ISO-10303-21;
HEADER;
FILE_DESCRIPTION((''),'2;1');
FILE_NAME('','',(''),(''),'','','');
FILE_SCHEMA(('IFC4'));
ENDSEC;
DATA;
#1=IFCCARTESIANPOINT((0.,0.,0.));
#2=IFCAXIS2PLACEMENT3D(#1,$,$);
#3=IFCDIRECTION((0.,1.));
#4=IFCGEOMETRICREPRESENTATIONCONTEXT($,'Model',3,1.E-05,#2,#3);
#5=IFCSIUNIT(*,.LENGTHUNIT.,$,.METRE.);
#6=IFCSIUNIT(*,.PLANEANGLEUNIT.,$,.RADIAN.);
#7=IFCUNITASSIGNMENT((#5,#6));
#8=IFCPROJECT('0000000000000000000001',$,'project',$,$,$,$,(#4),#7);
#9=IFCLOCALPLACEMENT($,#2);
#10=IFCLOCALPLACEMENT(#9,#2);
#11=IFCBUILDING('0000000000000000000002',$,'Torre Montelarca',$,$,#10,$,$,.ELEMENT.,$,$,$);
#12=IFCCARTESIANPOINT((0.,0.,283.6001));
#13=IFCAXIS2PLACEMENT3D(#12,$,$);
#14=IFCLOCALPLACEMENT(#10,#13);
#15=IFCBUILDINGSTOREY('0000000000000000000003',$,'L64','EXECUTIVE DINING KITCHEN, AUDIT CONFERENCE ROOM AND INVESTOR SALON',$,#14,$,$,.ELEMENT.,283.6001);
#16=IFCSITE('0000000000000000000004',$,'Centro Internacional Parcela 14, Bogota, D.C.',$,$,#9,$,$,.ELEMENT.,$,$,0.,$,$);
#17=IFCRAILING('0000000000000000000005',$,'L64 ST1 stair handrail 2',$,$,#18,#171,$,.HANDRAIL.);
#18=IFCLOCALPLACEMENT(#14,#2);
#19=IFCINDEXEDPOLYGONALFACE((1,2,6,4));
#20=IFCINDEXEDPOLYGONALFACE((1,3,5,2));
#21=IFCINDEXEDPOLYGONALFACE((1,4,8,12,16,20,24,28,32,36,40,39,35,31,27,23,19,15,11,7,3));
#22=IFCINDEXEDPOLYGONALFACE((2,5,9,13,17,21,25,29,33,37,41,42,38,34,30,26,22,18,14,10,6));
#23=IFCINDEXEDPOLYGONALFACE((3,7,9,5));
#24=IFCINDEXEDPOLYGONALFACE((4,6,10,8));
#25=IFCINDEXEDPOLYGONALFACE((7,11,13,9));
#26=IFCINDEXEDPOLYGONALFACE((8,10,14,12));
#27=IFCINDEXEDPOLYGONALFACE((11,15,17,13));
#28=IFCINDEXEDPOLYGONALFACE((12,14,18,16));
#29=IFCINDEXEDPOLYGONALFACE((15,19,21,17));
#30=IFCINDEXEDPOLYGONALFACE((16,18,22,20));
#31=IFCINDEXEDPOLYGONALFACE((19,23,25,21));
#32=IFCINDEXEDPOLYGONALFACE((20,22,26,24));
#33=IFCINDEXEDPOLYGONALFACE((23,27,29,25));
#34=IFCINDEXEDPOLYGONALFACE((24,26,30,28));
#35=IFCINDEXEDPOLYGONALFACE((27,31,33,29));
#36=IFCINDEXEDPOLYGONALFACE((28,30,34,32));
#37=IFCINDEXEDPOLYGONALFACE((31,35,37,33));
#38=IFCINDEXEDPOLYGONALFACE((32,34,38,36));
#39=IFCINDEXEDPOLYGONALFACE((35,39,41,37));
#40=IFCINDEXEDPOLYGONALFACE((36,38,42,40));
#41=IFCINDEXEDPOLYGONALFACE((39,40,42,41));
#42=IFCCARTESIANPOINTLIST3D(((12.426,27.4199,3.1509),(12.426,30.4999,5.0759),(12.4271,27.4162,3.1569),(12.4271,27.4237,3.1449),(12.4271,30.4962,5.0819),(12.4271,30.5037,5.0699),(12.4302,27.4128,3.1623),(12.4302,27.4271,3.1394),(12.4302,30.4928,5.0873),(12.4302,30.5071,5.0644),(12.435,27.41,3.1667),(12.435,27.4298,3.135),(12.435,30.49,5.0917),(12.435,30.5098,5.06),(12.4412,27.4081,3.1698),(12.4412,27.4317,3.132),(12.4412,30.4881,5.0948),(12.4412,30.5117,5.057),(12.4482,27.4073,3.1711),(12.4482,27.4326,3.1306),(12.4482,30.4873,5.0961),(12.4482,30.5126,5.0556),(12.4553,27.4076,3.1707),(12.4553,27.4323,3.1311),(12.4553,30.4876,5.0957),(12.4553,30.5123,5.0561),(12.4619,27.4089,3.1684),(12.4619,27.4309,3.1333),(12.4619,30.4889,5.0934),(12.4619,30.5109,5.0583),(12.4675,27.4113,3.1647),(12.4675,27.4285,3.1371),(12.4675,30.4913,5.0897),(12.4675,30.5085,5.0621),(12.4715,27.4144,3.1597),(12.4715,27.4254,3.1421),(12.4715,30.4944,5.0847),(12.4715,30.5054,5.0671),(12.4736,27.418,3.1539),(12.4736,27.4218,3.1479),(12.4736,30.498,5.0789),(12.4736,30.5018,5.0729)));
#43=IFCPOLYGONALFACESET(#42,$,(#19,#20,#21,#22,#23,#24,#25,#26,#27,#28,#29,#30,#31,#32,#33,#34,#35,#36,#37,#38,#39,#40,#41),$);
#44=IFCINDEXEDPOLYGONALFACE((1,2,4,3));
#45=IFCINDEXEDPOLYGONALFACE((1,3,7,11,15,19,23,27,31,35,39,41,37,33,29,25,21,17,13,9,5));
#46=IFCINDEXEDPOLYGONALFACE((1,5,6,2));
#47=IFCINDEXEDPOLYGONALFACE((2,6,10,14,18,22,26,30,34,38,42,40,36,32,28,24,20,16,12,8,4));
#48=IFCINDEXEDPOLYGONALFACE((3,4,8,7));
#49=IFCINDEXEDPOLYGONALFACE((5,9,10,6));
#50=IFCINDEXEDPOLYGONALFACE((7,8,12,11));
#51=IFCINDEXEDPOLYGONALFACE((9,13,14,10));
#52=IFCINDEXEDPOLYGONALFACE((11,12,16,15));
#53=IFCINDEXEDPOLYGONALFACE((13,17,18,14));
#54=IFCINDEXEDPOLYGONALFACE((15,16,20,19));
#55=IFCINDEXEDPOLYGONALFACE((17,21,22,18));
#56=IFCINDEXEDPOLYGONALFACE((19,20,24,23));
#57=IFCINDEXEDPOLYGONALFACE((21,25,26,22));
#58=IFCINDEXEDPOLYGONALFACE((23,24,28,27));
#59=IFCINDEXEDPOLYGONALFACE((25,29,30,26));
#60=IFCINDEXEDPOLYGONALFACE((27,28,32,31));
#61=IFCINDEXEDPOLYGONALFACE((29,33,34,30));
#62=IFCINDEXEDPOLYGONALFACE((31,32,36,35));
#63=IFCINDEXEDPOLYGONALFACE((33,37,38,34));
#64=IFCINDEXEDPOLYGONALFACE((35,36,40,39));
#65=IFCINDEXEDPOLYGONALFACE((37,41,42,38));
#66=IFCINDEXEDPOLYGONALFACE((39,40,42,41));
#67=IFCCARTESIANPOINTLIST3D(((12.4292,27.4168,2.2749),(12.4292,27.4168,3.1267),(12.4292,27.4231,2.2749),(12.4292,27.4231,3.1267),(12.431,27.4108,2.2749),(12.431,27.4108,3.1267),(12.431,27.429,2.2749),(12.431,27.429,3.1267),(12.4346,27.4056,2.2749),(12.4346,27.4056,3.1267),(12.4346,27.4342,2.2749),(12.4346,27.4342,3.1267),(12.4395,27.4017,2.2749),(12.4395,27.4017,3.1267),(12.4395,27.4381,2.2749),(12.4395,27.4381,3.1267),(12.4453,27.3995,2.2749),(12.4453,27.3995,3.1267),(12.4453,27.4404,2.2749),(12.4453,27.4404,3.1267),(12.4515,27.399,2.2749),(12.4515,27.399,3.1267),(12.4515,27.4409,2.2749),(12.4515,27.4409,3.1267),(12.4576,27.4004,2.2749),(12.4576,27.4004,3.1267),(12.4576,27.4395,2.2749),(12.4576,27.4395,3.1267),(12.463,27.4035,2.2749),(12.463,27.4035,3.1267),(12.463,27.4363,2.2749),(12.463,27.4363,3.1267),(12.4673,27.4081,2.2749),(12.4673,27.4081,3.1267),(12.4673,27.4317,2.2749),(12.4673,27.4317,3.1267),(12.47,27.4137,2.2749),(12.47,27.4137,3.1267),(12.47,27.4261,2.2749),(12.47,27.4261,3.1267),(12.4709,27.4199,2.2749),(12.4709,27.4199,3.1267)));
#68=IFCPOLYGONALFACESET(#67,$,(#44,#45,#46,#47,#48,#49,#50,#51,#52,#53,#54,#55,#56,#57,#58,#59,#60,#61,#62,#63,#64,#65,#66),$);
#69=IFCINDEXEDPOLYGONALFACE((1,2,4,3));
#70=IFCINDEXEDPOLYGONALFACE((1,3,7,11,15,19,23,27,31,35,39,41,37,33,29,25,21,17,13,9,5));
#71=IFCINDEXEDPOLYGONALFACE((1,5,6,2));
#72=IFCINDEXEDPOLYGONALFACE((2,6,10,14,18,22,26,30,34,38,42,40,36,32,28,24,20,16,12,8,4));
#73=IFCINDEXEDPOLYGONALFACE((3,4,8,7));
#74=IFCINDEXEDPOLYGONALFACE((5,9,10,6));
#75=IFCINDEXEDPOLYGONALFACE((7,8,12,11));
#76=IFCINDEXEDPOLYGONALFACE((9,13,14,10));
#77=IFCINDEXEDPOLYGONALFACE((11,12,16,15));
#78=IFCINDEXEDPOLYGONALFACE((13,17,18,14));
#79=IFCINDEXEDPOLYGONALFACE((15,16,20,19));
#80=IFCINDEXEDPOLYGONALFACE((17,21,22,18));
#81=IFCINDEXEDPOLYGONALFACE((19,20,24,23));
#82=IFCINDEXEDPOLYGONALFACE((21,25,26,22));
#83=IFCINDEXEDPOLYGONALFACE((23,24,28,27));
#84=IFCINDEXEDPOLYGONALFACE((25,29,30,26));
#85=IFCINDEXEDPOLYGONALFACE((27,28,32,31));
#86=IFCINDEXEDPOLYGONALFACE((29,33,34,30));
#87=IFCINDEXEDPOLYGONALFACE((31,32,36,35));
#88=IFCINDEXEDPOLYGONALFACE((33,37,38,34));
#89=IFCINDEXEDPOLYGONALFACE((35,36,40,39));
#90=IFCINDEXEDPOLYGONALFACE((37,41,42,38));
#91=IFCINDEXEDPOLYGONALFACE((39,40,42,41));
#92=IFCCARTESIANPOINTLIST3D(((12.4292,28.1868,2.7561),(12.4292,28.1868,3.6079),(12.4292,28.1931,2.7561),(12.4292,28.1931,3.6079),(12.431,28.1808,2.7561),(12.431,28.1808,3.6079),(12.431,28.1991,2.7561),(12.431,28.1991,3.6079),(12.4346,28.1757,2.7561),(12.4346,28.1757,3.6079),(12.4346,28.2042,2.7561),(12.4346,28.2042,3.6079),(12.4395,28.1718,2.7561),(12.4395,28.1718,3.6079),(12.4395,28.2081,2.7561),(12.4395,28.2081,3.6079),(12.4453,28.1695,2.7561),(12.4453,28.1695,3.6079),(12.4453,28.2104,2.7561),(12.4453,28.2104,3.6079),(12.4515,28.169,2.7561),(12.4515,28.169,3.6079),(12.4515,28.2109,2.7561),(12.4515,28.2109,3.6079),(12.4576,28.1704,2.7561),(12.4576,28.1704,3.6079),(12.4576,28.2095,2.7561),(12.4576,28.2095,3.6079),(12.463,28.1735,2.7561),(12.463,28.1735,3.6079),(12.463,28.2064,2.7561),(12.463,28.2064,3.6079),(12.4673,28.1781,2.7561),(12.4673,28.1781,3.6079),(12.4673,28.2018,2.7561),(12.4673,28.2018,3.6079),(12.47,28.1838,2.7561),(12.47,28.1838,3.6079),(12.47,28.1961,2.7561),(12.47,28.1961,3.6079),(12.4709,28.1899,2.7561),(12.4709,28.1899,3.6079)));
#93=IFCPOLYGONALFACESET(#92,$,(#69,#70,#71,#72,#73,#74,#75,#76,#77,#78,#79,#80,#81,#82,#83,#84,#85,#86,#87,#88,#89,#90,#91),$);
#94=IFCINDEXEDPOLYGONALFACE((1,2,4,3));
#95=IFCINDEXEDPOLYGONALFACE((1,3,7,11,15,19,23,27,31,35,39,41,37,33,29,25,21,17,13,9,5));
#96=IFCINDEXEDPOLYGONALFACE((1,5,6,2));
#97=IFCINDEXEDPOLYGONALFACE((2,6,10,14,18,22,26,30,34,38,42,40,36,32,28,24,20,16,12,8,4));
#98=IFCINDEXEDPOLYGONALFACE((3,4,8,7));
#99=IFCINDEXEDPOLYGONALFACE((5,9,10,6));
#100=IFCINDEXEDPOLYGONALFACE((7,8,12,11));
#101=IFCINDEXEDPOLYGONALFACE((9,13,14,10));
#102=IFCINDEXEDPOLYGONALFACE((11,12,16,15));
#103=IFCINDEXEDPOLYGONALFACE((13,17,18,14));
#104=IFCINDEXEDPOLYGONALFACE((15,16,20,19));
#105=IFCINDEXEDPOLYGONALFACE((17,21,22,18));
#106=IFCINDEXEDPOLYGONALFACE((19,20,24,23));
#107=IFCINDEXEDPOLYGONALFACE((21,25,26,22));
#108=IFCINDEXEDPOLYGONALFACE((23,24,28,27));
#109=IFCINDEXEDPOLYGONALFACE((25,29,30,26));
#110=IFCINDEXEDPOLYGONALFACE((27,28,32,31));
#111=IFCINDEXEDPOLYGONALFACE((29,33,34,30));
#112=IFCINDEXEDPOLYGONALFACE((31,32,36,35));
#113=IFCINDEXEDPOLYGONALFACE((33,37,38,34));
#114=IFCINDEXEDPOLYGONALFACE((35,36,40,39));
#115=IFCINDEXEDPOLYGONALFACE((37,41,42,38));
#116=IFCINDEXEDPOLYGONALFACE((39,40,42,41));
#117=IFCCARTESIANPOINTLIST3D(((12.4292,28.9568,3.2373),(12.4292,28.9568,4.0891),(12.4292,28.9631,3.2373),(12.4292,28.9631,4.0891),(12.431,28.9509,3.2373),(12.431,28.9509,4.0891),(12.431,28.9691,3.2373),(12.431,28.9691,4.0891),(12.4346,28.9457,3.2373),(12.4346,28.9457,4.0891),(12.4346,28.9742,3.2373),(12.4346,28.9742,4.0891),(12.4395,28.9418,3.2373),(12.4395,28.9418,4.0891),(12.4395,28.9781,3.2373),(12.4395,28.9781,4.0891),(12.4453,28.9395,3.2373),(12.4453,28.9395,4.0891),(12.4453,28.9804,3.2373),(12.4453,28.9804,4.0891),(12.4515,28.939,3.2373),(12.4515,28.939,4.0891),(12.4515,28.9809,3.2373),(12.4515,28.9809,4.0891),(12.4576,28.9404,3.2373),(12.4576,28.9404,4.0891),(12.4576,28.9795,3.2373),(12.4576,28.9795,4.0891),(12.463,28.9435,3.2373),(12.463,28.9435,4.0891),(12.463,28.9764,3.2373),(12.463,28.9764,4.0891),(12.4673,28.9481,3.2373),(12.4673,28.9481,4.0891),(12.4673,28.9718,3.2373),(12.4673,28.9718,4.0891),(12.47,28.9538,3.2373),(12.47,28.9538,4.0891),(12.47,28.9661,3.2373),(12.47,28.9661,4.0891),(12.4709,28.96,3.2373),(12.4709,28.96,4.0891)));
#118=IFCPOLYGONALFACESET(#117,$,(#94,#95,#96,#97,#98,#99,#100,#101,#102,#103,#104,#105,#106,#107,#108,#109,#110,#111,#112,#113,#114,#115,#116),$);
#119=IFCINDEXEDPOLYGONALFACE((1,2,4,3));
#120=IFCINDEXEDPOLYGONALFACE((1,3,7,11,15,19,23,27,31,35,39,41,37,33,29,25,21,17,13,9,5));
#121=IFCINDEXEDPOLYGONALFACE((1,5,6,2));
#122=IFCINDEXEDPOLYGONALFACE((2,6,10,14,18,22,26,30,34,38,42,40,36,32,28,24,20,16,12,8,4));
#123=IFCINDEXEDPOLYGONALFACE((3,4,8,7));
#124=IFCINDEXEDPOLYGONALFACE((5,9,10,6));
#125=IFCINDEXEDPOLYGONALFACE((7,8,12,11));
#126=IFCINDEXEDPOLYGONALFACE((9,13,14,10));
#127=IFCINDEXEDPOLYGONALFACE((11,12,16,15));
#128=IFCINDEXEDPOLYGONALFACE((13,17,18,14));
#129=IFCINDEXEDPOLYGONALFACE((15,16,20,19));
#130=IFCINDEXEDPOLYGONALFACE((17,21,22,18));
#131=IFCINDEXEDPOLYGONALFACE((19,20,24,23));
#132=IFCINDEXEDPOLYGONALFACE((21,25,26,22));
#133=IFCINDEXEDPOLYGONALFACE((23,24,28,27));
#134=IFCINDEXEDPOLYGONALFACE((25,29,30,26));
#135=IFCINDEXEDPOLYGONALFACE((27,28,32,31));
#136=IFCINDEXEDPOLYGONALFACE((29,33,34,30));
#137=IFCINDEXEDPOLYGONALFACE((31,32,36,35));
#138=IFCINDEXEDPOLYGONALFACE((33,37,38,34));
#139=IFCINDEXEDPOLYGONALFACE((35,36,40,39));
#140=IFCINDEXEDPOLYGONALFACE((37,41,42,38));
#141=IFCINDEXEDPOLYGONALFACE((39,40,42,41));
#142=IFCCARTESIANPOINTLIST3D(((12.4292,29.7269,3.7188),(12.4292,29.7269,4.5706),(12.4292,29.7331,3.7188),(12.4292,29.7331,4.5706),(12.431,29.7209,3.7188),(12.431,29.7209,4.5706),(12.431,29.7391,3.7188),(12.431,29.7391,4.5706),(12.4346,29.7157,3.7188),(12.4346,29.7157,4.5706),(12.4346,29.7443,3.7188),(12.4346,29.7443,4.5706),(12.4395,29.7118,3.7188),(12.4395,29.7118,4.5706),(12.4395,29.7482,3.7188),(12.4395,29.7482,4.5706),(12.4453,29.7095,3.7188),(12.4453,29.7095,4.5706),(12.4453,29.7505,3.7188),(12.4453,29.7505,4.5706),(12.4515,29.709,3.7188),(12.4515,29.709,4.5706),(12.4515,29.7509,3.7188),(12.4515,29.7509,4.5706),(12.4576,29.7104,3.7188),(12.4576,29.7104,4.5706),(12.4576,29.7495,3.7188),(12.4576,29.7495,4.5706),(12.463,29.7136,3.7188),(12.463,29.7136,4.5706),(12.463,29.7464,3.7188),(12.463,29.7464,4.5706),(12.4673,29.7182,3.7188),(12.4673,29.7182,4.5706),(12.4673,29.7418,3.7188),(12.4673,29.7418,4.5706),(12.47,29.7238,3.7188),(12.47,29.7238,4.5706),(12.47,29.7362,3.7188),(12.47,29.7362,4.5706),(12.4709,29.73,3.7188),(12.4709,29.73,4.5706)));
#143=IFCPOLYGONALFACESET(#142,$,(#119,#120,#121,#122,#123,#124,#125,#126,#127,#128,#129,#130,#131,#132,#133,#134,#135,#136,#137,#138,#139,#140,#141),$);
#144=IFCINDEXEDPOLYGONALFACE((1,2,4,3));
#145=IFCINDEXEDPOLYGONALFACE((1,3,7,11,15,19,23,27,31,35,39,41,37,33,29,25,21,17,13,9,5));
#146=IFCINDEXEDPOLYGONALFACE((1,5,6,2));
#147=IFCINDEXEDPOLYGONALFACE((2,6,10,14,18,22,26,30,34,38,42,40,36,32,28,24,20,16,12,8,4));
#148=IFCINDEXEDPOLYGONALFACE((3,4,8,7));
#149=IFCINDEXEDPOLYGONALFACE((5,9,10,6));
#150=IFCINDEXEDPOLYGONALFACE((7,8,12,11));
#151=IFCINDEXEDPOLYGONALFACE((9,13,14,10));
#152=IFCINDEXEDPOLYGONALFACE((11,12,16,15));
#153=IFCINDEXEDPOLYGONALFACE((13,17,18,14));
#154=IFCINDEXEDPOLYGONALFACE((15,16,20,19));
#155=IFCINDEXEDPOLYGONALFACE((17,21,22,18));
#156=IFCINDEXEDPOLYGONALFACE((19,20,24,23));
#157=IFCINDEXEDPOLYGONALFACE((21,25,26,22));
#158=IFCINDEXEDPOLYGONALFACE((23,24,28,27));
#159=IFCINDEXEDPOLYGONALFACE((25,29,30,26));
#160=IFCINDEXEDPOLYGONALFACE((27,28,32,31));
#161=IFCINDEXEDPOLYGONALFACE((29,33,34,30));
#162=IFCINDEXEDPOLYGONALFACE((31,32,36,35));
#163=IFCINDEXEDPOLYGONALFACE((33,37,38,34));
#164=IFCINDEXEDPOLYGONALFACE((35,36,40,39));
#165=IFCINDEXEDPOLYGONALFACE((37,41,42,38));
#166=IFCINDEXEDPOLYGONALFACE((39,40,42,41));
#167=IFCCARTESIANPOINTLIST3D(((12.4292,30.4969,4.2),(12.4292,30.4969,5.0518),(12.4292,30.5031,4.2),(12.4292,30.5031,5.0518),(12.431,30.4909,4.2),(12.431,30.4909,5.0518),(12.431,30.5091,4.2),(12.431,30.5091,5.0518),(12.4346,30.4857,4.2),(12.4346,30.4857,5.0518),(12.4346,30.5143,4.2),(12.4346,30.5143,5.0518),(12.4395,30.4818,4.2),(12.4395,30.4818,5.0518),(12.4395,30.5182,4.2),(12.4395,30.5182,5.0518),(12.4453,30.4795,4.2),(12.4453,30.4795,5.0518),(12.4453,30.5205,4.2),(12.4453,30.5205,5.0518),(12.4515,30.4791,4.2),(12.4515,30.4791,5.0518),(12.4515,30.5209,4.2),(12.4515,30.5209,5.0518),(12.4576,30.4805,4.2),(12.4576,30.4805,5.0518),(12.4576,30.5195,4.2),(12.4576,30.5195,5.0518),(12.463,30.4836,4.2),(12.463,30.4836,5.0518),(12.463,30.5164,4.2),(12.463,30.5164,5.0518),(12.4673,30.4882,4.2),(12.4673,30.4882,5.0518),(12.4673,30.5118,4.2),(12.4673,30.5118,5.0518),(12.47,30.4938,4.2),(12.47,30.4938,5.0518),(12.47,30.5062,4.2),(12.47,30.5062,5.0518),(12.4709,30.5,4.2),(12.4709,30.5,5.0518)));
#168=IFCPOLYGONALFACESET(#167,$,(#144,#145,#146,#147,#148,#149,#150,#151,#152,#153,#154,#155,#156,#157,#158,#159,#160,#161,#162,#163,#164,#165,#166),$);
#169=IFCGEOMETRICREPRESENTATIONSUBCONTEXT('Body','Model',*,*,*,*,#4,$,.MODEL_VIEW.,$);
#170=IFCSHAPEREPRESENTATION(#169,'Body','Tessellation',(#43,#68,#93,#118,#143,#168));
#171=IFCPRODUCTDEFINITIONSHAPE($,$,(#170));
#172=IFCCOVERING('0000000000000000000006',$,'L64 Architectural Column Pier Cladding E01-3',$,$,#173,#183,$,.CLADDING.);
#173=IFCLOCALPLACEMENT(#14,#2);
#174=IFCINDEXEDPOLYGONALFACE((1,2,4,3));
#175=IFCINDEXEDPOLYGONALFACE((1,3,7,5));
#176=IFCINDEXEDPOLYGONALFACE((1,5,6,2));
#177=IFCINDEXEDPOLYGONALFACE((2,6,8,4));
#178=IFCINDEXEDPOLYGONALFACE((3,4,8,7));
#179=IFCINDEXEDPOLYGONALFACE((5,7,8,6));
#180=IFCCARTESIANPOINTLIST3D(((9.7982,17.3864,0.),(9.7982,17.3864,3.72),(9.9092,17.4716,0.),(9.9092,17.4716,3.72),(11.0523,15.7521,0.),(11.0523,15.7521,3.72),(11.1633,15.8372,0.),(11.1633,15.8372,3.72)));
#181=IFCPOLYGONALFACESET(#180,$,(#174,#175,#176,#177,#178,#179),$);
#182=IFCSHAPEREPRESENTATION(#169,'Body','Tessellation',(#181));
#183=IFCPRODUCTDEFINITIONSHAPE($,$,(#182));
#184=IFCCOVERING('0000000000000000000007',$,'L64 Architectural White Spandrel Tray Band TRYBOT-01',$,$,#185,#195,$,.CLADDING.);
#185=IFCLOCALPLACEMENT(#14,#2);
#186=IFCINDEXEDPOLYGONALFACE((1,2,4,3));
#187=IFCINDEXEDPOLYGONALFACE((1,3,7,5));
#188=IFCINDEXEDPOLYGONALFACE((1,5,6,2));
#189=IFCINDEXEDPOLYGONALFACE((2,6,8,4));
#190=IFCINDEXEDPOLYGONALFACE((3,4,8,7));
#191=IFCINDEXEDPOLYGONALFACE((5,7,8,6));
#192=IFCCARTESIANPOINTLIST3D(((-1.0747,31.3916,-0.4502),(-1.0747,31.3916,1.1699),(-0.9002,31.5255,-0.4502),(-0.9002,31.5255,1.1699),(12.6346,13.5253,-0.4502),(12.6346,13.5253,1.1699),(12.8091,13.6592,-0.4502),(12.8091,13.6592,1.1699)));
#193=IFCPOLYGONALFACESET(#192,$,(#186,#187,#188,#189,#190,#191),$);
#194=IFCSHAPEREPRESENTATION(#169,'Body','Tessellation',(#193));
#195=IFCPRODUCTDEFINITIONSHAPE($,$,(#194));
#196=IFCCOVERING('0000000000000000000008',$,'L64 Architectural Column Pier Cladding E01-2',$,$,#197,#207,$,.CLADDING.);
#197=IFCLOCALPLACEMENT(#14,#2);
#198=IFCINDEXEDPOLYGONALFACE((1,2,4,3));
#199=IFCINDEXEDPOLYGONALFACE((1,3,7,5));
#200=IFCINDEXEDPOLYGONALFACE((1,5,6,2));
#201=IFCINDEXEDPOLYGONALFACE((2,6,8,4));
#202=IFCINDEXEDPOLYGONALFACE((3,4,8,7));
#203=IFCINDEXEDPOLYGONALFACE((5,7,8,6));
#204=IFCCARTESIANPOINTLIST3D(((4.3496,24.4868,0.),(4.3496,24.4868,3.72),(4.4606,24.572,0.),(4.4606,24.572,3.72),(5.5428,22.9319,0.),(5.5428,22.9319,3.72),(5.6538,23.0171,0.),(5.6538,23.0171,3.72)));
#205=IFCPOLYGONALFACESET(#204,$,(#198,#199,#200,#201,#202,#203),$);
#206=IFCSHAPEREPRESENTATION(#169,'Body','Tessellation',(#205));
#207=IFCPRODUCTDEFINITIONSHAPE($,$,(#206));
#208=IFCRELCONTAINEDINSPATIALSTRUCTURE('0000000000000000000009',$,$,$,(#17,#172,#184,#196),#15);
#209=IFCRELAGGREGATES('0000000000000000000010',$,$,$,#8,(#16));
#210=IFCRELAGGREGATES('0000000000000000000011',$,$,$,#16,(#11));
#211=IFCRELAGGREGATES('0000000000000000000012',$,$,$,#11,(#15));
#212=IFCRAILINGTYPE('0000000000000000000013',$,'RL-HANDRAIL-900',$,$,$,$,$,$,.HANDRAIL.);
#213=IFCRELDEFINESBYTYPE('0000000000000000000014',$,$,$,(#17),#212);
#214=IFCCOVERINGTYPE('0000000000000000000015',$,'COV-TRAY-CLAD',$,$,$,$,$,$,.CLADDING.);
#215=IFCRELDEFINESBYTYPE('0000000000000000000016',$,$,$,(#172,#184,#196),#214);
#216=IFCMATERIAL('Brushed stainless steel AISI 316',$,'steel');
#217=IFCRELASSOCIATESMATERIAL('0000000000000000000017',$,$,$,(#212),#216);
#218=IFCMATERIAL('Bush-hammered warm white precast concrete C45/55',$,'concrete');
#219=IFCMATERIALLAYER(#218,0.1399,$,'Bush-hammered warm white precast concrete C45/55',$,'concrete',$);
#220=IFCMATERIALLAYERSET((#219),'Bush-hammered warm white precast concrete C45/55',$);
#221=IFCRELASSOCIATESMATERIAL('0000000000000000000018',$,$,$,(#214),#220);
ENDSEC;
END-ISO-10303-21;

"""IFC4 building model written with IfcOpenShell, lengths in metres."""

from ifc_helpers import new_model, si_unit, direction, frame, origin, origin_2d, place, context, subcontext, project, spatial, rectangle, circle, extrude, source, transform, mapped, material, layer, layer_set, type_object, element, save


model = new_model("IFC4")

# Units and contexts
model_context = context("Model", 3, precision=1e-05, world=origin(), true_north=direction((0.0, 1.0)))
body_context = subcontext(model_context, "Body", "Model", "MODEL_VIEW")
ifc_project = project(units=[si_unit("LENGTHUNIT", "METRE"), si_unit("PLANEANGLEUNIT", "RADIAN")], contexts=[model_context])

# Site, building, storey
site_placement = place(None, origin())
site = spatial("IfcSite", under=ifc_project, at=site_placement, Name="Centro Internacional Parcela 14, Bogota, D.C.", CompositionType="ELEMENT", RefElevation=0.0)
building_placement = place(site_placement, origin())
building = spatial("IfcBuilding", under=site, at=building_placement, Name="Torre Montelarca", CompositionType="ELEMENT")
storey_placement = place(building_placement, frame((0.0, 0.0, 283.6001)))
storey = spatial("IfcBuildingStorey", under=building, at=storey_placement, Name="L64", Description="EXECUTIVE DINING KITCHEN, AUDIT CONFERENCE ROOM AND INVESTOR SALON", CompositionType="ELEMENT", Elevation=283.6001)

# Railing
ifc_material_1 = material(Name="Brushed stainless steel AISI 316", Category="steel")
railing_type_1 = type_object("IfcRailingType", Name="RL-HANDRAIL-900", PredefinedType="HANDRAIL", material=ifc_material_1)
railing_1_placement = place(storey_placement, frame((12.45, 27.4199, 2.2749)))
element("IfcRailing", 1, at=railing_1_placement, inside=storey, type_object=railing_type_1, Name="L64 ST1 stair handrail 2", PredefinedType="HANDRAIL", context=body_context, shape_type="SweptSolid", body=[
    extrude(circle(Radius=0.0239, at=origin_2d()), frame((0.0, 0.0, 0.876), z_axis=(0.0, 0.847998, 0.529999), x_axis=(-1.0, 0.0, 0.0)), (0.0, 0.0, 1.0), 3.6321),
    extrude(circle(Radius=0.021, at=origin_2d()), origin(), (0.0, 0.0, 1.0), 0.8518),
    extrude(circle(Radius=0.021, at=origin_2d()), frame((0.0, 0.77, 0.4812)), (0.0, 0.0, 1.0), 0.8518),
    extrude(circle(Radius=0.021, at=origin_2d()), frame((0.0, 1.54, 0.9624)), (0.0, 0.0, 1.0), 0.8518),
    extrude(circle(Radius=0.021, at=origin_2d()), frame((0.0, 2.3101, 1.4438)), (0.0, 0.0, 1.0), 0.8518),
    extrude(circle(Radius=0.021, at=origin_2d()), frame((0.0, 3.0801, 1.925)), (0.0, 0.0, 1.0), 0.8518),
])

# Coverings
ifc_material_2 = material(Name="Bush-hammered warm white precast concrete C45/55", Category="concrete")
ifc_layer_1 = layer(ifc_material_2, 0.1399, Name="Bush-hammered warm white precast concrete C45/55", Category="concrete")
ifc_layer_set_1 = layer_set([ifc_layer_1], Name="Bush-hammered warm white precast concrete C45/55")
covering_type = type_object("IfcCoveringType", Name="COV-TRAY-CLAD", PredefinedType="CLADDING", material=ifc_layer_set_1)
shared_shape_1 = source(origin(), body_context, "Body", "SweptSolid", [
    extrude(rectangle(XDim=2.0601, YDim=0.1399, at=origin_2d()), origin(), (0.0, 0.0, 1.0), 3.72),
])
covering_1_placement = place(storey_placement, frame((10.4807, 16.6118, 0.0), z_axis=(0.0, 0.0, 1.0), x_axis=(0.608766, -0.79335, 0.0)))
element("IfcCovering", 2, at=covering_1_placement, inside=storey, type_object=covering_type, Name="L64 Architectural Column Pier Cladding E01-3", PredefinedType="CLADDING", context=body_context, shape_type="MappedRepresentation", body=[
    mapped(shared_shape_1, transform((0.0, 0.0, 0.0), scale=1.0)),
])
shared_shape_2 = source(origin(), body_context, "Body", "SweptSolid", [
    extrude(rectangle(XDim=22.52, YDim=0.22, at=origin_2d()), origin(), (0.0, 0.0, 1.0), 1.6201),
])
covering_2_placement = place(storey_placement, frame((5.8672, 22.5254, -0.4502), z_axis=(0.0, 0.0, 1.0), x_axis=(0.608763, -0.793352, 0.0)))
element("IfcCovering", 3, at=covering_2_placement, inside=storey, type_object=covering_type, Name="L64 Architectural White Spandrel Tray Band TRYBOT-01", PredefinedType="CLADDING", context=body_context, shape_type="MappedRepresentation", body=[
    mapped(shared_shape_2, transform((0.0, 0.0, 0.0), scale=1.0)),
])
shared_shape_3 = source(origin(), body_context, "Body", "SweptSolid", [
    extrude(rectangle(XDim=1.96, YDim=0.1399, at=origin_2d()), origin(), (0.0, 0.0, 1.0), 3.72),
])
covering_3_placement = place(storey_placement, frame((5.0017, 23.752, 0.0), z_axis=(0.0, 0.0, 1.0), x_axis=(0.608766, -0.79335, 0.0)))
element("IfcCovering", 4, at=covering_3_placement, inside=storey, type_object=covering_type, Name="L64 Architectural Column Pier Cladding E01-2", PredefinedType="CLADDING", context=body_context, shape_type="MappedRepresentation", body=[
    mapped(shared_shape_3, transform((0.0, 0.0, 0.0), scale=1.0)),
])

save(model, "model.ifc")
